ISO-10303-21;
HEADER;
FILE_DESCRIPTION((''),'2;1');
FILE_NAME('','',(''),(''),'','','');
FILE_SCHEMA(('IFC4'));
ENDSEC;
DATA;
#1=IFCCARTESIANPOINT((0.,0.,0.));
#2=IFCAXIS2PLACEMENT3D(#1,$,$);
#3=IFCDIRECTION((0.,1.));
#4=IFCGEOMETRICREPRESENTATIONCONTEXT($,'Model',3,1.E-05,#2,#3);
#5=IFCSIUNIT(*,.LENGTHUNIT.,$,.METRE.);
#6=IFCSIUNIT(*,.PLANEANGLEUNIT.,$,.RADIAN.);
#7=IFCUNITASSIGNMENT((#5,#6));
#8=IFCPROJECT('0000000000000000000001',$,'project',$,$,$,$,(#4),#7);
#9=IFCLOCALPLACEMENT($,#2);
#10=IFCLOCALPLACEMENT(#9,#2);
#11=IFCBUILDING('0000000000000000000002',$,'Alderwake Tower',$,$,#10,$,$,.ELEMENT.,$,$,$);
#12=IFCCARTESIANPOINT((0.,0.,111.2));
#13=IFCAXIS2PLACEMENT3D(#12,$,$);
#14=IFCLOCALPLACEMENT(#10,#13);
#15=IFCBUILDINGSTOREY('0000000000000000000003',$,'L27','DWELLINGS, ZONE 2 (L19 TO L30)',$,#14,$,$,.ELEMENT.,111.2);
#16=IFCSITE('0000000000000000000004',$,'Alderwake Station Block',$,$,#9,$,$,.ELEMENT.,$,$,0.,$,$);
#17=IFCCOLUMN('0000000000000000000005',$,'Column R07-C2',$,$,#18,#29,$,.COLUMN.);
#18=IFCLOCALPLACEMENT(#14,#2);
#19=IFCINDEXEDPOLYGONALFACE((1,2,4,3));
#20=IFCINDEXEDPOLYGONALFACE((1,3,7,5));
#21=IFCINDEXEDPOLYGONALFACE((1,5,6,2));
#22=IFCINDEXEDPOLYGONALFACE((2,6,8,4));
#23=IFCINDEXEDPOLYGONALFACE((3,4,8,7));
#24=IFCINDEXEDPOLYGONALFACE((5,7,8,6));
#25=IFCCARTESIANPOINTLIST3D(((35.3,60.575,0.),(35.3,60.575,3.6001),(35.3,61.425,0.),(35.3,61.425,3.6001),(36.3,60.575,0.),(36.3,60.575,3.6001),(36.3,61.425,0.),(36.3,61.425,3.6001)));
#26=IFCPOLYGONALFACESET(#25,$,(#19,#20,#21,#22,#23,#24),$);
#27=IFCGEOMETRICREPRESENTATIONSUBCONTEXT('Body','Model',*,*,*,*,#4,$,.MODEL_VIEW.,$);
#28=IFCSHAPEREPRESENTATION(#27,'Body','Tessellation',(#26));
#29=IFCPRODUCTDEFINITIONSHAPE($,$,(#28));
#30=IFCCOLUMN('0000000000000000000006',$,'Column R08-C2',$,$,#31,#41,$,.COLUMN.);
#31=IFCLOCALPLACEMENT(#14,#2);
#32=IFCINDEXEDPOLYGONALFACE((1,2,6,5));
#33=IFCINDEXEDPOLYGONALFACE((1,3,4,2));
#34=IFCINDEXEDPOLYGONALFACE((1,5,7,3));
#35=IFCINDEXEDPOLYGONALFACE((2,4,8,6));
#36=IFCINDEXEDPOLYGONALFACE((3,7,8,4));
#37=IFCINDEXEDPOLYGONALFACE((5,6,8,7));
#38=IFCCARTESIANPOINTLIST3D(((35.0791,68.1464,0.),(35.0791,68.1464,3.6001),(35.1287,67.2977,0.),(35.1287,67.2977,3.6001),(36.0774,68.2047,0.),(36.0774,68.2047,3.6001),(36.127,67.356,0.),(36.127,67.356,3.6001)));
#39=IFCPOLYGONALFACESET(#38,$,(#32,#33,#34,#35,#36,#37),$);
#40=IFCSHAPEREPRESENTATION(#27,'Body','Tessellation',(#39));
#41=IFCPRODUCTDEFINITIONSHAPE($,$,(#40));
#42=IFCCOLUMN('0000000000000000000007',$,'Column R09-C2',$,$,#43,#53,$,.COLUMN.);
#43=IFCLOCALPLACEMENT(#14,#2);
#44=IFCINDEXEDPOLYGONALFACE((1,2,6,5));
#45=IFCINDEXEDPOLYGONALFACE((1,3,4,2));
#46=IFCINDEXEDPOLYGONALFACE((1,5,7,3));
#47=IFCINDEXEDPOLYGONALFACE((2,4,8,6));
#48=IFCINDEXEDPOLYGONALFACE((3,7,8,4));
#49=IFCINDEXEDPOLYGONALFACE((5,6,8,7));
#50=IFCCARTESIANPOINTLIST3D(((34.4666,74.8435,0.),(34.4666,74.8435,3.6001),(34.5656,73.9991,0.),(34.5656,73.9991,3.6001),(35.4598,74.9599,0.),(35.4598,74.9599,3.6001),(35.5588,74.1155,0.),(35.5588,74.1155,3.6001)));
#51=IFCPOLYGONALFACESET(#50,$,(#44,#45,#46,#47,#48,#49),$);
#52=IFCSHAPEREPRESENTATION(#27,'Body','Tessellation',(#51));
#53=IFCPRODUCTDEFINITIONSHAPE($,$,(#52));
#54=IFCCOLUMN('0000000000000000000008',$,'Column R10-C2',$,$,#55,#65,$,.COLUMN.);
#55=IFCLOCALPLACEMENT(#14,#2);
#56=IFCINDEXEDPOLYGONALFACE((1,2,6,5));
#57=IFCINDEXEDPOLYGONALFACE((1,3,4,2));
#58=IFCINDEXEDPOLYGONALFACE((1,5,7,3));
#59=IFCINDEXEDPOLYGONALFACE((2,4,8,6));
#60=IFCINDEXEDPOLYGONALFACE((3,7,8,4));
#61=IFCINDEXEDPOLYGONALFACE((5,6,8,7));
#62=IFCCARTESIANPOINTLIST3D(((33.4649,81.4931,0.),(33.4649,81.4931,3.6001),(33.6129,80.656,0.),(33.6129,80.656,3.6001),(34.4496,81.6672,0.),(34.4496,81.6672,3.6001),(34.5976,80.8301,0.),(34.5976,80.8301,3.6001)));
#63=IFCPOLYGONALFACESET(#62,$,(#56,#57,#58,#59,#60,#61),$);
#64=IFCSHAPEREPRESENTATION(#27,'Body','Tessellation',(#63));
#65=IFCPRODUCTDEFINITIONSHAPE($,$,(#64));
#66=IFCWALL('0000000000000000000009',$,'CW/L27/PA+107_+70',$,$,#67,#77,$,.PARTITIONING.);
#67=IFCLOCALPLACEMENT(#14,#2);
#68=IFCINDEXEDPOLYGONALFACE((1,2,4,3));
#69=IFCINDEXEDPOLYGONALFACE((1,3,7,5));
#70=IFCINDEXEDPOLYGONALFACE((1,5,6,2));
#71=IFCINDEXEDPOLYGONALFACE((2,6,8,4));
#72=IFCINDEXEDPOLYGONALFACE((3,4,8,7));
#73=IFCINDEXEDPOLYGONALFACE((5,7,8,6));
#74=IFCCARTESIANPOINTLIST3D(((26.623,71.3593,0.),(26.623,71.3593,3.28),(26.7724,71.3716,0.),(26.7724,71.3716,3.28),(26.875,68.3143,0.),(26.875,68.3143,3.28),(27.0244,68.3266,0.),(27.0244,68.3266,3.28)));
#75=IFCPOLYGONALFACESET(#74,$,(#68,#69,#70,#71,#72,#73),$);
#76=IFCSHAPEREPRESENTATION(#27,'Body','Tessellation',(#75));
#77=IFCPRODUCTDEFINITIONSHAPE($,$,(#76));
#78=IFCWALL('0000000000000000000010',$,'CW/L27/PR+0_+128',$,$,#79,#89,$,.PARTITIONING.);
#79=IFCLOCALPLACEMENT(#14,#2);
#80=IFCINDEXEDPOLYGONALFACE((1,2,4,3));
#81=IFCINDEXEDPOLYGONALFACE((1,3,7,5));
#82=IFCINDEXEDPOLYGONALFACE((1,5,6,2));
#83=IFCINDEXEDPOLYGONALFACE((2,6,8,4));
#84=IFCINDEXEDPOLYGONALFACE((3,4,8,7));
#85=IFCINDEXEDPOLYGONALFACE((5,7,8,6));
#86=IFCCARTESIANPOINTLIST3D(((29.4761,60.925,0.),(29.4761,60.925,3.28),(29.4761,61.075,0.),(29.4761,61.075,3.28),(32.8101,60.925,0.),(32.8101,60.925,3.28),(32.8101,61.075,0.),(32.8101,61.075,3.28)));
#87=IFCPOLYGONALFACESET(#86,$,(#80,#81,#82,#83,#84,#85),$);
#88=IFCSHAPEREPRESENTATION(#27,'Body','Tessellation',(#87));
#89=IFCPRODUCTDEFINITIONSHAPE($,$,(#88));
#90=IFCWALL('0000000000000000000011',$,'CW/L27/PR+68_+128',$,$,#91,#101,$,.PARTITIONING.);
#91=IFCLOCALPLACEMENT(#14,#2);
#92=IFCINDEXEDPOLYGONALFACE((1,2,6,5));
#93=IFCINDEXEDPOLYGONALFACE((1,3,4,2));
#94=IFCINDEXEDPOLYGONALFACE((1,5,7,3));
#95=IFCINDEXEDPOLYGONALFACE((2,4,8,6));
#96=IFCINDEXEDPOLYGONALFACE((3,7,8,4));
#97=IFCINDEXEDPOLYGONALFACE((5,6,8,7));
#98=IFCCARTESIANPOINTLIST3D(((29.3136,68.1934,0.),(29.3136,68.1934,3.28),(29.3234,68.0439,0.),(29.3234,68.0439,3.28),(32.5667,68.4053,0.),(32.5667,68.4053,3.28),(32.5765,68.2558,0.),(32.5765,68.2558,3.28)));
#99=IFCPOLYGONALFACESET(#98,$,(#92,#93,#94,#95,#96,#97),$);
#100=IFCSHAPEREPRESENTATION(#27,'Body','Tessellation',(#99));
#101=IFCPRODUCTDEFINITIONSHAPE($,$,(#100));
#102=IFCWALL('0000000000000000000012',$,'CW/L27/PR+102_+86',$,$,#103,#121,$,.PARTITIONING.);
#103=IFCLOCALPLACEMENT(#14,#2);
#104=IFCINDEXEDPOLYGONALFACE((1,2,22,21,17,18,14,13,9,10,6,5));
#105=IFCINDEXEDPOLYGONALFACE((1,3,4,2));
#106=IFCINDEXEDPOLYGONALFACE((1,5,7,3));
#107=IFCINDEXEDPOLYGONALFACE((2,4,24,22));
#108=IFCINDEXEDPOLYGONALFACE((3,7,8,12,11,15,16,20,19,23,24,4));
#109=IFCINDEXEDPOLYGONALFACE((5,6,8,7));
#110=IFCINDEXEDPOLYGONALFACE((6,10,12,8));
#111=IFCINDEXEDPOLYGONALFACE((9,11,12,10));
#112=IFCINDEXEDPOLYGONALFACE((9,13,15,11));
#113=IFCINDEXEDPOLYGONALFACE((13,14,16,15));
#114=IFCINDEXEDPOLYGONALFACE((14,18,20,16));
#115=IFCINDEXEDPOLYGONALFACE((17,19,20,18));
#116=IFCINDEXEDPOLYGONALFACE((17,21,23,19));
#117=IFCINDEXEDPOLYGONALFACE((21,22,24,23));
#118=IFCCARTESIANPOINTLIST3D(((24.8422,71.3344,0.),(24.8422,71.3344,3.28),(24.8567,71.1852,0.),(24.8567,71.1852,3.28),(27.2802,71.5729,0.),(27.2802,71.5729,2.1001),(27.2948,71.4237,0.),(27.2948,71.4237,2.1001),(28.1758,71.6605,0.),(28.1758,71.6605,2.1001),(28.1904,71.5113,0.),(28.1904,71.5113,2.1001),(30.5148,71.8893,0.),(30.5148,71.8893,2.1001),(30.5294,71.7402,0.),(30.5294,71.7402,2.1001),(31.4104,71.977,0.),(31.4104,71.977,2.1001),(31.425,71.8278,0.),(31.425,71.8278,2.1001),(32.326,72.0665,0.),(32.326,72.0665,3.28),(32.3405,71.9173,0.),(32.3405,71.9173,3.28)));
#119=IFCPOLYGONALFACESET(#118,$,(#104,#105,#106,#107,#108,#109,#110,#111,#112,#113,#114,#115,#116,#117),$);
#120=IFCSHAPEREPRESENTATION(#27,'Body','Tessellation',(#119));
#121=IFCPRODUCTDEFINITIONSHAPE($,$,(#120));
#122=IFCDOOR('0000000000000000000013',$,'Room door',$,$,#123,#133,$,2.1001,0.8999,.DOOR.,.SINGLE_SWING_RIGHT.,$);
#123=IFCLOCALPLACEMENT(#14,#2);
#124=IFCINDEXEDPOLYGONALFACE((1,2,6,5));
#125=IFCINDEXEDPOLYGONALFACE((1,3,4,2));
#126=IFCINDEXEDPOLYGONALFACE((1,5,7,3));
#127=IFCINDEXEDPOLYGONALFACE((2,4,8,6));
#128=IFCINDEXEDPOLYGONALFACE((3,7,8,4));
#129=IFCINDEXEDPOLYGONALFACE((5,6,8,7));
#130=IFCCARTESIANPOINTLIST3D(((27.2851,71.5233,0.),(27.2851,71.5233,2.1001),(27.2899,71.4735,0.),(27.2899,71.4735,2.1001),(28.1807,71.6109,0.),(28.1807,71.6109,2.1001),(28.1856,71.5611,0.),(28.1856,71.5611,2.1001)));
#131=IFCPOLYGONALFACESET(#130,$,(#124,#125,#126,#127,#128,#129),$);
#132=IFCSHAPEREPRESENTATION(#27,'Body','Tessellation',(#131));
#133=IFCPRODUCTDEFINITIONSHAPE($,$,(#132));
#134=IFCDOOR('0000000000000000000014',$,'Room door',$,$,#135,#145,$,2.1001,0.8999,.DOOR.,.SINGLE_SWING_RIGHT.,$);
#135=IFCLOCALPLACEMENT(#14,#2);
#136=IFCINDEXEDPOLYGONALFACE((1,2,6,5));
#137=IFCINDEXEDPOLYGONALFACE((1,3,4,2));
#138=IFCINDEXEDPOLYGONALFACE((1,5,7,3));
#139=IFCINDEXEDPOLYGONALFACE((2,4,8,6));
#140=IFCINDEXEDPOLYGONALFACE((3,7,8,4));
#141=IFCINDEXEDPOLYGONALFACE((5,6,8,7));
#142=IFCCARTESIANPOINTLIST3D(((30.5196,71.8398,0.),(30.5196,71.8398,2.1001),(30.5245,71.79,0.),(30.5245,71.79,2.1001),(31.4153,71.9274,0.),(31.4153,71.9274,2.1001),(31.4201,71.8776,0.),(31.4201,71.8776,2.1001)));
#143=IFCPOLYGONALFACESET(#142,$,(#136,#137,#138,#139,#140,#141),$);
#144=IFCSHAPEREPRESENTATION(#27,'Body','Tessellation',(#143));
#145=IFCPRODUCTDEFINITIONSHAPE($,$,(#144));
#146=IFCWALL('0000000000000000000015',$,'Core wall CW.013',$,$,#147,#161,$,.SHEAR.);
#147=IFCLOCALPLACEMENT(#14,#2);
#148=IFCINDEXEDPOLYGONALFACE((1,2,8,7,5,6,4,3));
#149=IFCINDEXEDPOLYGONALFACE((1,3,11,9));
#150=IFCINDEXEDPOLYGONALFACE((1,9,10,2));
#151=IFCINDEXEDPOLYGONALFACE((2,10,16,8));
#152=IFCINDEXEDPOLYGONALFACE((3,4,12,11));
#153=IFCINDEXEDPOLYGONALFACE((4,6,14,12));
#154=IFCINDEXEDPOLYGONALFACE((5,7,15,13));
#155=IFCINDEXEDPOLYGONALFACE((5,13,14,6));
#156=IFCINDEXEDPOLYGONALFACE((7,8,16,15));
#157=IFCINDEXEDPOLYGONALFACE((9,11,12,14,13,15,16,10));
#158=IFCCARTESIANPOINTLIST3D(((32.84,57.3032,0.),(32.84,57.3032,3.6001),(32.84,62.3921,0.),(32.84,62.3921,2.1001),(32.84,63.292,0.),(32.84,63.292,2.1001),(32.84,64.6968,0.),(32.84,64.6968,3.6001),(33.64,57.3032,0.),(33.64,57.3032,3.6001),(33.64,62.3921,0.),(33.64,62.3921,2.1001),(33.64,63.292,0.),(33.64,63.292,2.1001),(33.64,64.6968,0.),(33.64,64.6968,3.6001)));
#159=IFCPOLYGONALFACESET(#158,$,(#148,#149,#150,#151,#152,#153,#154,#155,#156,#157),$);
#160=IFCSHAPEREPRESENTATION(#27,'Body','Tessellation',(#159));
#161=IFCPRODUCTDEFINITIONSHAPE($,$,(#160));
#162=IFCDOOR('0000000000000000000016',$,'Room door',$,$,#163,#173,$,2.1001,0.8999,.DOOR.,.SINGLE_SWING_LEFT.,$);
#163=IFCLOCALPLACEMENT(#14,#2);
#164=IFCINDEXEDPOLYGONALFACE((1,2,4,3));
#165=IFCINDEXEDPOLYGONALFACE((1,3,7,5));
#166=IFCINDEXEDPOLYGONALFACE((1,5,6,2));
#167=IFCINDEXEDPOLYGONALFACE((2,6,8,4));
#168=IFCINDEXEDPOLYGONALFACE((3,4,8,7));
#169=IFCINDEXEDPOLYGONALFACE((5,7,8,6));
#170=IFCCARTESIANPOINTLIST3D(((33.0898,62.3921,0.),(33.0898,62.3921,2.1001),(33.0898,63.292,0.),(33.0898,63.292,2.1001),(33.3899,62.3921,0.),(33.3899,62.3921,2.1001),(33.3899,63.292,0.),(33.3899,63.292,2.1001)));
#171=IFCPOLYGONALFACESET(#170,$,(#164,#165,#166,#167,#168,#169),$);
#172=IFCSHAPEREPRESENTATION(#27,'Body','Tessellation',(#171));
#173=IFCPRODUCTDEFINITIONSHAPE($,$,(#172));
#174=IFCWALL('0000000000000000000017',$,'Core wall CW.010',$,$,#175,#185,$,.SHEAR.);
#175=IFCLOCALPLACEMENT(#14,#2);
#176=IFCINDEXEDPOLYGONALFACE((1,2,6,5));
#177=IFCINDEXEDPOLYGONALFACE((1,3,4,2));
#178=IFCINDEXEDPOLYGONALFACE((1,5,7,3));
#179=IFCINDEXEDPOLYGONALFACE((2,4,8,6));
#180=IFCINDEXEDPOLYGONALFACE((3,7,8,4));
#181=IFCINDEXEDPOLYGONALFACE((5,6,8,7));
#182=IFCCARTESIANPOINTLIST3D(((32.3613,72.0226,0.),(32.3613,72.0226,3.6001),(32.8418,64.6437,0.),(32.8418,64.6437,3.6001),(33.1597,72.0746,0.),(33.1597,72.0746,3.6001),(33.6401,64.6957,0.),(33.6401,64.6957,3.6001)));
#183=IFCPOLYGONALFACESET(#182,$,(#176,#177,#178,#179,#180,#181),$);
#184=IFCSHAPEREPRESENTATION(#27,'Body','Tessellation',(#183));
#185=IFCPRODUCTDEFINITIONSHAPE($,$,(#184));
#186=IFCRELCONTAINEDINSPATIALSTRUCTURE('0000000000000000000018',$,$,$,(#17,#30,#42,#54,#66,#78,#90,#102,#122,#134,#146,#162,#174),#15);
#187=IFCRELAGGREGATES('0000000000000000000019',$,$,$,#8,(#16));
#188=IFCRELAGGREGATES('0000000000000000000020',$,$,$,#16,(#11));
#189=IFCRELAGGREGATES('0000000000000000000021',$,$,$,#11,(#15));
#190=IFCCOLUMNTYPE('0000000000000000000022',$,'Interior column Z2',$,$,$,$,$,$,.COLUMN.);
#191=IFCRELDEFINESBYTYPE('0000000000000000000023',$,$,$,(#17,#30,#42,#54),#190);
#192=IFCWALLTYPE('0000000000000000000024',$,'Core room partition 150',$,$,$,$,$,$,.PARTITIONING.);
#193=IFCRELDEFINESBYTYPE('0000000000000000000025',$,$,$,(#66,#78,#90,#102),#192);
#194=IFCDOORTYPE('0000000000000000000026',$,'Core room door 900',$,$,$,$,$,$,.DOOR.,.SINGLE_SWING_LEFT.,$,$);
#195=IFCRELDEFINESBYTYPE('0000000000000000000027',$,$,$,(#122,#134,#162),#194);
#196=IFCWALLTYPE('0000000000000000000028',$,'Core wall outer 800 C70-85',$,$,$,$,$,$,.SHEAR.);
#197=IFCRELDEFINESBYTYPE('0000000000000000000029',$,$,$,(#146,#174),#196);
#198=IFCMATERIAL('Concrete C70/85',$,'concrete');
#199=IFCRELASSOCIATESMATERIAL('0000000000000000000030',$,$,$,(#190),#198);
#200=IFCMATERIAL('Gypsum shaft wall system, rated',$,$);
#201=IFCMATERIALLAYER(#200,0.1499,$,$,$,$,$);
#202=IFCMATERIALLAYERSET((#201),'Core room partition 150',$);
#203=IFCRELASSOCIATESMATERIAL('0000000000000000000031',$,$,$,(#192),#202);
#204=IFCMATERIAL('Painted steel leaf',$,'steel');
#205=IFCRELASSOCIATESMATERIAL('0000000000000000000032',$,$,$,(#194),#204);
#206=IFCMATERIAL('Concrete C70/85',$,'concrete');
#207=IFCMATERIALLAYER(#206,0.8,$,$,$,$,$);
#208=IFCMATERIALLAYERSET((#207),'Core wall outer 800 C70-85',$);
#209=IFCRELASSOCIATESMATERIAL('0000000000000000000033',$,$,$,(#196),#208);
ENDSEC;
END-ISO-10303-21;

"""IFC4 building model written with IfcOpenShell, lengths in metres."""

from ifc_helpers import new_model, si_unit, direction, frame, frame_2d, origin, origin_2d, place, context, subcontext, project, spatial, rectangle, extrude, material, layer, layer_set, material_profile, profile_set, type_object, element, fill, save


model = new_model("IFC4")

# Units and contexts
model_context = context("Model", 3, precision=1e-05, world=origin(), true_north=direction((0.0, 1.0)))
body_context = subcontext(model_context, "Body", "Model", "MODEL_VIEW")
ifc_project = project(units=[si_unit("LENGTHUNIT", "METRE"), si_unit("PLANEANGLEUNIT", "RADIAN")], contexts=[model_context])

# Site, building, storey
site_placement = place(None, origin())
site = spatial("IfcSite", under=ifc_project, at=site_placement, Name="Alderwake Station Block", CompositionType="ELEMENT", RefElevation=0.0)
building_placement = place(site_placement, origin())
building = spatial("IfcBuilding", under=site, at=building_placement, Name="Alderwake Tower", CompositionType="ELEMENT")
storey_placement = place(building_placement, frame((0.0, 0.0, 111.2)))
storey = spatial("IfcBuildingStorey", under=building, at=storey_placement, Name="L27", Description="DWELLINGS, ZONE 2 (L19 TO L30)", CompositionType="ELEMENT", Elevation=111.2)

# Columns
ifc_material_1 = material(Name="Concrete C70/85", Category="concrete")
ifc_material_profile = material_profile(ifc_material_1, rectangle(XDim=0.8501, YDim=1.0, at=origin_2d()), Name="RC 1000X850")
ifc_profile_set = profile_set([ifc_material_profile], Name="Concrete C70/85")
column_type = type_object("IfcColumnType", Name="Interior column Z2", PredefinedType="COLUMN", material=ifc_profile_set)
for number, where, z_axis, x_axis, name in (
    (1, (35.8, 61.0, 0.0), (0.0, 0.0, 1.0), (0.0, 1.0, 0.0), "Column R07-C2"),
    (2, (35.603, 67.7512, 0.0), (0.0, 0.0, 1.0), (-0.058301, 0.998299, 0.0), "Column R08-C2"),
    (3, (35.0127, 74.4795, 0.0), (0.0, 0.0, 1.0), (-0.116402, 0.993202, 0.0), "Column R09-C2"),
    (4, (34.0312, 81.1616, 0.0), (0.0, 0.0, 1.0), (-0.174109, 0.984726, 0.0), "Column R10-C2"),
):
    element("IfcColumn", number, at=place(storey_placement, frame(where, z_axis=z_axis, x_axis=x_axis)), inside=storey, type_object=column_type, Name=name, PredefinedType="COLUMN", context=body_context, shape_type="SweptSolid", body=[
        extrude(rectangle(XDim=0.8501, YDim=1.0, at=origin_2d()), origin(), (0.0, 0.0, 1.0), 3.6001),
    ])

# Walls
ifc_material_2 = material(Name="Gypsum shaft wall system, rated")
ifc_layer_1 = layer(ifc_material_2, 0.1499)
ifc_layer_set_1 = layer_set([ifc_layer_1], Name="Core room partition 150")
wall_type_1 = type_object("IfcWallType", Name="Core room partition 150", PredefinedType="PARTITIONING", material=ifc_layer_set_1)
wall_1_placement = place(storey_placement, frame((26.9497, 68.3203, 0.0), z_axis=(0.0, 0.0, 1.0), x_axis=(-0.082464, 0.996594, 0.0)))
element("IfcWall", 5, at=wall_1_placement, inside=storey, type_object=wall_type_1, Name="CW/L27/PA+107_+70", PredefinedType="PARTITIONING", context=body_context, shape_type="SweptSolid", body=[
    extrude(rectangle(XDim=3.0554, YDim=0.1499, at=frame_2d((1.5278, 0.0))), origin(), (0.0, 0.0, 1.0), 3.28),
])
wall_2_placement = place(storey_placement, frame((29.4761, 61.0, 0.0), z_axis=(0.0, 0.0, 1.0), x_axis=(1.0, 0.0, 0.0)))
element("IfcWall", 6, at=wall_2_placement, inside=storey, type_object=wall_type_1, Name="CW/L27/PR+0_+128", PredefinedType="PARTITIONING", context=body_context, shape_type="SweptSolid", body=[
    extrude(rectangle(XDim=3.334, YDim=0.1499, at=frame_2d((1.667, 0.0))), origin(), (0.0, 0.0, 1.0), 3.28),
])
wall_3_placement = place(storey_placement, frame((29.3186, 68.1187, 0.0), z_axis=(0.0, 0.0, 1.0), x_axis=(0.997885, 0.065003, 0.0)))
element("IfcWall", 7, at=wall_3_placement, inside=storey, type_object=wall_type_1, Name="CW/L27/PR+68_+128", PredefinedType="PARTITIONING", context=body_context, shape_type="SweptSolid", body=[
    extrude(rectangle(XDim=3.26, YDim=0.1499, at=frame_2d((1.6299, 0.0))), origin(), (0.0, 0.0, 1.0), 3.28),
])

# Wall, openings, doors
wall_4_placement = place(storey_placement, frame((32.3333, 71.9919, 0.0), z_axis=(0.0, 0.0, 1.0), x_axis=(-0.995248, -0.097369, 0.0)))
wall_4 = element("IfcWall", 8, at=wall_4_placement, inside=storey, type_object=wall_type_1, Name="CW/L27/PR+102_+86", PredefinedType="PARTITIONING", context=body_context, shape_type="SweptSolid", body=[
    extrude(rectangle(XDim=7.5195, YDim=0.1499, at=frame_2d((3.7598, 0.0))), origin(), (0.0, 0.0, 1.0), 3.28),
])
opening_1_placement = place(wall_4_placement, frame((4.1699, 0.0, 0.0)))
opening_1 = element("IfcOpeningElement", 9, at=opening_1_placement, cuts=wall_4, PredefinedType="OPENING", context=body_context, shape_type="SweptSolid", body=[
    extrude(rectangle(XDim=0.8999, YDim=2.1001, at=frame_2d((0.45, 1.05))), frame((0.0, 0.085, 0.0), z_axis=(0.0, -1.0, 0.0), x_axis=(1.0, 0.0, 0.0)), (0.0, 0.0, 1.0), 0.1699),
])
opening_2_placement = place(wall_4_placement, frame((0.9199, 0.0, 0.0)))
opening_2 = element("IfcOpeningElement", 10, at=opening_2_placement, cuts=wall_4, PredefinedType="OPENING", context=body_context, shape_type="SweptSolid", body=[
    extrude(rectangle(XDim=0.8999, YDim=2.1001, at=frame_2d((0.45, 1.05))), frame((0.0, 0.085, 0.0), z_axis=(0.0, -1.0, 0.0), x_axis=(1.0, 0.0, 0.0)), (0.0, 0.0, 1.0), 0.1699),
])
ifc_material_3 = material(Name="Painted steel leaf", Category="steel")
door_type_1 = type_object("IfcDoorType", Name="Core room door 900", OperationType="SINGLE_SWING_LEFT", PredefinedType="DOOR", material=ifc_material_3)
door_1_placement = place(opening_1_placement, origin())
door_1 = element("IfcDoor", 11, at=door_1_placement, inside=storey, type_object=door_type_1, Name="Room door", OperationType="SINGLE_SWING_RIGHT", OverallHeight=2.1001, OverallWidth=0.8999, PredefinedType="DOOR", context=body_context, shape_type="SweptSolid", body=[
    extrude(rectangle(XDim=0.8999, YDim=2.1001, at=frame_2d((0.45, 1.05))), frame((0.0, 0.0249, 0.0), z_axis=(0.0, -1.0, 0.0), x_axis=(1.0, 0.0, 0.0)), (0.0, 0.0, 1.0), 0.05),
])
fill(opening_1, door_1)
door_2_placement = place(opening_2_placement, origin())
door_2 = element("IfcDoor", 12, at=door_2_placement, inside=storey, type_object=door_type_1, Name="Room door", OperationType="SINGLE_SWING_RIGHT", OverallHeight=2.1001, OverallWidth=0.8999, PredefinedType="DOOR", context=body_context, shape_type="SweptSolid", body=[
    extrude(rectangle(XDim=0.8999, YDim=2.1001, at=frame_2d((0.45, 1.05))), frame((0.0, 0.0249, 0.0), z_axis=(0.0, -1.0, 0.0), x_axis=(1.0, 0.0, 0.0)), (0.0, 0.0, 1.0), 0.05),
])
fill(opening_2, door_2)

# Wall, opening, door
ifc_material_4 = material(Name="Concrete C70/85", Category="concrete")
ifc_layer_2 = layer(ifc_material_4, 0.8)
ifc_layer_set_2 = layer_set([ifc_layer_2], Name="Core wall outer 800 C70-85")
wall_type_2 = type_object("IfcWallType", Name="Core wall outer 800 C70-85", PredefinedType="SHEAR", material=ifc_layer_set_2)
wall_5_placement = place(storey_placement, frame((33.24, 64.6968, 0.0), z_axis=(0.0, 0.0, 1.0), x_axis=(0.0, -1.0, 0.0)))
wall_5 = element("IfcWall", 13, at=wall_5_placement, inside=storey, type_object=wall_type_2, Name="Core wall CW.013", PredefinedType="SHEAR", context=body_context, shape_type="SweptSolid", body=[
    extrude(rectangle(XDim=7.3936, YDim=0.8, at=frame_2d((3.6968, 0.0))), origin(), (0.0, 0.0, 1.0), 3.6001),
])
opening_3_placement = place(wall_5_placement, frame((1.4048, 0.0, 0.0)))
opening_3 = element("IfcOpeningElement", 14, at=opening_3_placement, cuts=wall_5, PredefinedType="OPENING", context=body_context, shape_type="SweptSolid", body=[
    extrude(rectangle(XDim=0.8999, YDim=2.1001, at=frame_2d((0.45, 1.05))), frame((0.0, 0.4099, 0.0), z_axis=(0.0, -1.0, 0.0), x_axis=(1.0, 0.0, 0.0)), (0.0, 0.0, 1.0), 0.8201),
])
door_3_placement = place(opening_3_placement, origin())
door_3 = element("IfcDoor", 15, at=door_3_placement, inside=storey, type_object=door_type_1, Name="Room door", OperationType="SINGLE_SWING_LEFT", OverallHeight=2.1001, OverallWidth=0.8999, PredefinedType="DOOR", context=body_context, shape_type="SweptSolid", body=[
    extrude(rectangle(XDim=0.8999, YDim=2.1001, at=frame_2d((0.45, 1.05))), frame((0.0, 0.1499, 0.0), z_axis=(0.0, -1.0, 0.0), x_axis=(1.0, 0.0, 0.0)), (0.0, 0.0, 1.0), 0.3),
])
fill(opening_3, door_3)

# Wall
wall_6_placement = place(storey_placement, frame((33.241, 64.6697, 0.0), z_axis=(0.0, 0.0, 1.0), x_axis=(-0.064976, 0.997887, 0.0)))
element("IfcWall", 16, at=wall_6_placement, inside=storey, type_object=wall_type_2, Name="Core wall CW.010", PredefinedType="SHEAR", context=body_context, shape_type="SweptSolid", body=[
    extrude(rectangle(XDim=7.3945, YDim=0.8, at=frame_2d((3.6973, 0.0))), origin(), (0.0, 0.0, 1.0), 3.6001),
])

save(model, "model.ifc")
